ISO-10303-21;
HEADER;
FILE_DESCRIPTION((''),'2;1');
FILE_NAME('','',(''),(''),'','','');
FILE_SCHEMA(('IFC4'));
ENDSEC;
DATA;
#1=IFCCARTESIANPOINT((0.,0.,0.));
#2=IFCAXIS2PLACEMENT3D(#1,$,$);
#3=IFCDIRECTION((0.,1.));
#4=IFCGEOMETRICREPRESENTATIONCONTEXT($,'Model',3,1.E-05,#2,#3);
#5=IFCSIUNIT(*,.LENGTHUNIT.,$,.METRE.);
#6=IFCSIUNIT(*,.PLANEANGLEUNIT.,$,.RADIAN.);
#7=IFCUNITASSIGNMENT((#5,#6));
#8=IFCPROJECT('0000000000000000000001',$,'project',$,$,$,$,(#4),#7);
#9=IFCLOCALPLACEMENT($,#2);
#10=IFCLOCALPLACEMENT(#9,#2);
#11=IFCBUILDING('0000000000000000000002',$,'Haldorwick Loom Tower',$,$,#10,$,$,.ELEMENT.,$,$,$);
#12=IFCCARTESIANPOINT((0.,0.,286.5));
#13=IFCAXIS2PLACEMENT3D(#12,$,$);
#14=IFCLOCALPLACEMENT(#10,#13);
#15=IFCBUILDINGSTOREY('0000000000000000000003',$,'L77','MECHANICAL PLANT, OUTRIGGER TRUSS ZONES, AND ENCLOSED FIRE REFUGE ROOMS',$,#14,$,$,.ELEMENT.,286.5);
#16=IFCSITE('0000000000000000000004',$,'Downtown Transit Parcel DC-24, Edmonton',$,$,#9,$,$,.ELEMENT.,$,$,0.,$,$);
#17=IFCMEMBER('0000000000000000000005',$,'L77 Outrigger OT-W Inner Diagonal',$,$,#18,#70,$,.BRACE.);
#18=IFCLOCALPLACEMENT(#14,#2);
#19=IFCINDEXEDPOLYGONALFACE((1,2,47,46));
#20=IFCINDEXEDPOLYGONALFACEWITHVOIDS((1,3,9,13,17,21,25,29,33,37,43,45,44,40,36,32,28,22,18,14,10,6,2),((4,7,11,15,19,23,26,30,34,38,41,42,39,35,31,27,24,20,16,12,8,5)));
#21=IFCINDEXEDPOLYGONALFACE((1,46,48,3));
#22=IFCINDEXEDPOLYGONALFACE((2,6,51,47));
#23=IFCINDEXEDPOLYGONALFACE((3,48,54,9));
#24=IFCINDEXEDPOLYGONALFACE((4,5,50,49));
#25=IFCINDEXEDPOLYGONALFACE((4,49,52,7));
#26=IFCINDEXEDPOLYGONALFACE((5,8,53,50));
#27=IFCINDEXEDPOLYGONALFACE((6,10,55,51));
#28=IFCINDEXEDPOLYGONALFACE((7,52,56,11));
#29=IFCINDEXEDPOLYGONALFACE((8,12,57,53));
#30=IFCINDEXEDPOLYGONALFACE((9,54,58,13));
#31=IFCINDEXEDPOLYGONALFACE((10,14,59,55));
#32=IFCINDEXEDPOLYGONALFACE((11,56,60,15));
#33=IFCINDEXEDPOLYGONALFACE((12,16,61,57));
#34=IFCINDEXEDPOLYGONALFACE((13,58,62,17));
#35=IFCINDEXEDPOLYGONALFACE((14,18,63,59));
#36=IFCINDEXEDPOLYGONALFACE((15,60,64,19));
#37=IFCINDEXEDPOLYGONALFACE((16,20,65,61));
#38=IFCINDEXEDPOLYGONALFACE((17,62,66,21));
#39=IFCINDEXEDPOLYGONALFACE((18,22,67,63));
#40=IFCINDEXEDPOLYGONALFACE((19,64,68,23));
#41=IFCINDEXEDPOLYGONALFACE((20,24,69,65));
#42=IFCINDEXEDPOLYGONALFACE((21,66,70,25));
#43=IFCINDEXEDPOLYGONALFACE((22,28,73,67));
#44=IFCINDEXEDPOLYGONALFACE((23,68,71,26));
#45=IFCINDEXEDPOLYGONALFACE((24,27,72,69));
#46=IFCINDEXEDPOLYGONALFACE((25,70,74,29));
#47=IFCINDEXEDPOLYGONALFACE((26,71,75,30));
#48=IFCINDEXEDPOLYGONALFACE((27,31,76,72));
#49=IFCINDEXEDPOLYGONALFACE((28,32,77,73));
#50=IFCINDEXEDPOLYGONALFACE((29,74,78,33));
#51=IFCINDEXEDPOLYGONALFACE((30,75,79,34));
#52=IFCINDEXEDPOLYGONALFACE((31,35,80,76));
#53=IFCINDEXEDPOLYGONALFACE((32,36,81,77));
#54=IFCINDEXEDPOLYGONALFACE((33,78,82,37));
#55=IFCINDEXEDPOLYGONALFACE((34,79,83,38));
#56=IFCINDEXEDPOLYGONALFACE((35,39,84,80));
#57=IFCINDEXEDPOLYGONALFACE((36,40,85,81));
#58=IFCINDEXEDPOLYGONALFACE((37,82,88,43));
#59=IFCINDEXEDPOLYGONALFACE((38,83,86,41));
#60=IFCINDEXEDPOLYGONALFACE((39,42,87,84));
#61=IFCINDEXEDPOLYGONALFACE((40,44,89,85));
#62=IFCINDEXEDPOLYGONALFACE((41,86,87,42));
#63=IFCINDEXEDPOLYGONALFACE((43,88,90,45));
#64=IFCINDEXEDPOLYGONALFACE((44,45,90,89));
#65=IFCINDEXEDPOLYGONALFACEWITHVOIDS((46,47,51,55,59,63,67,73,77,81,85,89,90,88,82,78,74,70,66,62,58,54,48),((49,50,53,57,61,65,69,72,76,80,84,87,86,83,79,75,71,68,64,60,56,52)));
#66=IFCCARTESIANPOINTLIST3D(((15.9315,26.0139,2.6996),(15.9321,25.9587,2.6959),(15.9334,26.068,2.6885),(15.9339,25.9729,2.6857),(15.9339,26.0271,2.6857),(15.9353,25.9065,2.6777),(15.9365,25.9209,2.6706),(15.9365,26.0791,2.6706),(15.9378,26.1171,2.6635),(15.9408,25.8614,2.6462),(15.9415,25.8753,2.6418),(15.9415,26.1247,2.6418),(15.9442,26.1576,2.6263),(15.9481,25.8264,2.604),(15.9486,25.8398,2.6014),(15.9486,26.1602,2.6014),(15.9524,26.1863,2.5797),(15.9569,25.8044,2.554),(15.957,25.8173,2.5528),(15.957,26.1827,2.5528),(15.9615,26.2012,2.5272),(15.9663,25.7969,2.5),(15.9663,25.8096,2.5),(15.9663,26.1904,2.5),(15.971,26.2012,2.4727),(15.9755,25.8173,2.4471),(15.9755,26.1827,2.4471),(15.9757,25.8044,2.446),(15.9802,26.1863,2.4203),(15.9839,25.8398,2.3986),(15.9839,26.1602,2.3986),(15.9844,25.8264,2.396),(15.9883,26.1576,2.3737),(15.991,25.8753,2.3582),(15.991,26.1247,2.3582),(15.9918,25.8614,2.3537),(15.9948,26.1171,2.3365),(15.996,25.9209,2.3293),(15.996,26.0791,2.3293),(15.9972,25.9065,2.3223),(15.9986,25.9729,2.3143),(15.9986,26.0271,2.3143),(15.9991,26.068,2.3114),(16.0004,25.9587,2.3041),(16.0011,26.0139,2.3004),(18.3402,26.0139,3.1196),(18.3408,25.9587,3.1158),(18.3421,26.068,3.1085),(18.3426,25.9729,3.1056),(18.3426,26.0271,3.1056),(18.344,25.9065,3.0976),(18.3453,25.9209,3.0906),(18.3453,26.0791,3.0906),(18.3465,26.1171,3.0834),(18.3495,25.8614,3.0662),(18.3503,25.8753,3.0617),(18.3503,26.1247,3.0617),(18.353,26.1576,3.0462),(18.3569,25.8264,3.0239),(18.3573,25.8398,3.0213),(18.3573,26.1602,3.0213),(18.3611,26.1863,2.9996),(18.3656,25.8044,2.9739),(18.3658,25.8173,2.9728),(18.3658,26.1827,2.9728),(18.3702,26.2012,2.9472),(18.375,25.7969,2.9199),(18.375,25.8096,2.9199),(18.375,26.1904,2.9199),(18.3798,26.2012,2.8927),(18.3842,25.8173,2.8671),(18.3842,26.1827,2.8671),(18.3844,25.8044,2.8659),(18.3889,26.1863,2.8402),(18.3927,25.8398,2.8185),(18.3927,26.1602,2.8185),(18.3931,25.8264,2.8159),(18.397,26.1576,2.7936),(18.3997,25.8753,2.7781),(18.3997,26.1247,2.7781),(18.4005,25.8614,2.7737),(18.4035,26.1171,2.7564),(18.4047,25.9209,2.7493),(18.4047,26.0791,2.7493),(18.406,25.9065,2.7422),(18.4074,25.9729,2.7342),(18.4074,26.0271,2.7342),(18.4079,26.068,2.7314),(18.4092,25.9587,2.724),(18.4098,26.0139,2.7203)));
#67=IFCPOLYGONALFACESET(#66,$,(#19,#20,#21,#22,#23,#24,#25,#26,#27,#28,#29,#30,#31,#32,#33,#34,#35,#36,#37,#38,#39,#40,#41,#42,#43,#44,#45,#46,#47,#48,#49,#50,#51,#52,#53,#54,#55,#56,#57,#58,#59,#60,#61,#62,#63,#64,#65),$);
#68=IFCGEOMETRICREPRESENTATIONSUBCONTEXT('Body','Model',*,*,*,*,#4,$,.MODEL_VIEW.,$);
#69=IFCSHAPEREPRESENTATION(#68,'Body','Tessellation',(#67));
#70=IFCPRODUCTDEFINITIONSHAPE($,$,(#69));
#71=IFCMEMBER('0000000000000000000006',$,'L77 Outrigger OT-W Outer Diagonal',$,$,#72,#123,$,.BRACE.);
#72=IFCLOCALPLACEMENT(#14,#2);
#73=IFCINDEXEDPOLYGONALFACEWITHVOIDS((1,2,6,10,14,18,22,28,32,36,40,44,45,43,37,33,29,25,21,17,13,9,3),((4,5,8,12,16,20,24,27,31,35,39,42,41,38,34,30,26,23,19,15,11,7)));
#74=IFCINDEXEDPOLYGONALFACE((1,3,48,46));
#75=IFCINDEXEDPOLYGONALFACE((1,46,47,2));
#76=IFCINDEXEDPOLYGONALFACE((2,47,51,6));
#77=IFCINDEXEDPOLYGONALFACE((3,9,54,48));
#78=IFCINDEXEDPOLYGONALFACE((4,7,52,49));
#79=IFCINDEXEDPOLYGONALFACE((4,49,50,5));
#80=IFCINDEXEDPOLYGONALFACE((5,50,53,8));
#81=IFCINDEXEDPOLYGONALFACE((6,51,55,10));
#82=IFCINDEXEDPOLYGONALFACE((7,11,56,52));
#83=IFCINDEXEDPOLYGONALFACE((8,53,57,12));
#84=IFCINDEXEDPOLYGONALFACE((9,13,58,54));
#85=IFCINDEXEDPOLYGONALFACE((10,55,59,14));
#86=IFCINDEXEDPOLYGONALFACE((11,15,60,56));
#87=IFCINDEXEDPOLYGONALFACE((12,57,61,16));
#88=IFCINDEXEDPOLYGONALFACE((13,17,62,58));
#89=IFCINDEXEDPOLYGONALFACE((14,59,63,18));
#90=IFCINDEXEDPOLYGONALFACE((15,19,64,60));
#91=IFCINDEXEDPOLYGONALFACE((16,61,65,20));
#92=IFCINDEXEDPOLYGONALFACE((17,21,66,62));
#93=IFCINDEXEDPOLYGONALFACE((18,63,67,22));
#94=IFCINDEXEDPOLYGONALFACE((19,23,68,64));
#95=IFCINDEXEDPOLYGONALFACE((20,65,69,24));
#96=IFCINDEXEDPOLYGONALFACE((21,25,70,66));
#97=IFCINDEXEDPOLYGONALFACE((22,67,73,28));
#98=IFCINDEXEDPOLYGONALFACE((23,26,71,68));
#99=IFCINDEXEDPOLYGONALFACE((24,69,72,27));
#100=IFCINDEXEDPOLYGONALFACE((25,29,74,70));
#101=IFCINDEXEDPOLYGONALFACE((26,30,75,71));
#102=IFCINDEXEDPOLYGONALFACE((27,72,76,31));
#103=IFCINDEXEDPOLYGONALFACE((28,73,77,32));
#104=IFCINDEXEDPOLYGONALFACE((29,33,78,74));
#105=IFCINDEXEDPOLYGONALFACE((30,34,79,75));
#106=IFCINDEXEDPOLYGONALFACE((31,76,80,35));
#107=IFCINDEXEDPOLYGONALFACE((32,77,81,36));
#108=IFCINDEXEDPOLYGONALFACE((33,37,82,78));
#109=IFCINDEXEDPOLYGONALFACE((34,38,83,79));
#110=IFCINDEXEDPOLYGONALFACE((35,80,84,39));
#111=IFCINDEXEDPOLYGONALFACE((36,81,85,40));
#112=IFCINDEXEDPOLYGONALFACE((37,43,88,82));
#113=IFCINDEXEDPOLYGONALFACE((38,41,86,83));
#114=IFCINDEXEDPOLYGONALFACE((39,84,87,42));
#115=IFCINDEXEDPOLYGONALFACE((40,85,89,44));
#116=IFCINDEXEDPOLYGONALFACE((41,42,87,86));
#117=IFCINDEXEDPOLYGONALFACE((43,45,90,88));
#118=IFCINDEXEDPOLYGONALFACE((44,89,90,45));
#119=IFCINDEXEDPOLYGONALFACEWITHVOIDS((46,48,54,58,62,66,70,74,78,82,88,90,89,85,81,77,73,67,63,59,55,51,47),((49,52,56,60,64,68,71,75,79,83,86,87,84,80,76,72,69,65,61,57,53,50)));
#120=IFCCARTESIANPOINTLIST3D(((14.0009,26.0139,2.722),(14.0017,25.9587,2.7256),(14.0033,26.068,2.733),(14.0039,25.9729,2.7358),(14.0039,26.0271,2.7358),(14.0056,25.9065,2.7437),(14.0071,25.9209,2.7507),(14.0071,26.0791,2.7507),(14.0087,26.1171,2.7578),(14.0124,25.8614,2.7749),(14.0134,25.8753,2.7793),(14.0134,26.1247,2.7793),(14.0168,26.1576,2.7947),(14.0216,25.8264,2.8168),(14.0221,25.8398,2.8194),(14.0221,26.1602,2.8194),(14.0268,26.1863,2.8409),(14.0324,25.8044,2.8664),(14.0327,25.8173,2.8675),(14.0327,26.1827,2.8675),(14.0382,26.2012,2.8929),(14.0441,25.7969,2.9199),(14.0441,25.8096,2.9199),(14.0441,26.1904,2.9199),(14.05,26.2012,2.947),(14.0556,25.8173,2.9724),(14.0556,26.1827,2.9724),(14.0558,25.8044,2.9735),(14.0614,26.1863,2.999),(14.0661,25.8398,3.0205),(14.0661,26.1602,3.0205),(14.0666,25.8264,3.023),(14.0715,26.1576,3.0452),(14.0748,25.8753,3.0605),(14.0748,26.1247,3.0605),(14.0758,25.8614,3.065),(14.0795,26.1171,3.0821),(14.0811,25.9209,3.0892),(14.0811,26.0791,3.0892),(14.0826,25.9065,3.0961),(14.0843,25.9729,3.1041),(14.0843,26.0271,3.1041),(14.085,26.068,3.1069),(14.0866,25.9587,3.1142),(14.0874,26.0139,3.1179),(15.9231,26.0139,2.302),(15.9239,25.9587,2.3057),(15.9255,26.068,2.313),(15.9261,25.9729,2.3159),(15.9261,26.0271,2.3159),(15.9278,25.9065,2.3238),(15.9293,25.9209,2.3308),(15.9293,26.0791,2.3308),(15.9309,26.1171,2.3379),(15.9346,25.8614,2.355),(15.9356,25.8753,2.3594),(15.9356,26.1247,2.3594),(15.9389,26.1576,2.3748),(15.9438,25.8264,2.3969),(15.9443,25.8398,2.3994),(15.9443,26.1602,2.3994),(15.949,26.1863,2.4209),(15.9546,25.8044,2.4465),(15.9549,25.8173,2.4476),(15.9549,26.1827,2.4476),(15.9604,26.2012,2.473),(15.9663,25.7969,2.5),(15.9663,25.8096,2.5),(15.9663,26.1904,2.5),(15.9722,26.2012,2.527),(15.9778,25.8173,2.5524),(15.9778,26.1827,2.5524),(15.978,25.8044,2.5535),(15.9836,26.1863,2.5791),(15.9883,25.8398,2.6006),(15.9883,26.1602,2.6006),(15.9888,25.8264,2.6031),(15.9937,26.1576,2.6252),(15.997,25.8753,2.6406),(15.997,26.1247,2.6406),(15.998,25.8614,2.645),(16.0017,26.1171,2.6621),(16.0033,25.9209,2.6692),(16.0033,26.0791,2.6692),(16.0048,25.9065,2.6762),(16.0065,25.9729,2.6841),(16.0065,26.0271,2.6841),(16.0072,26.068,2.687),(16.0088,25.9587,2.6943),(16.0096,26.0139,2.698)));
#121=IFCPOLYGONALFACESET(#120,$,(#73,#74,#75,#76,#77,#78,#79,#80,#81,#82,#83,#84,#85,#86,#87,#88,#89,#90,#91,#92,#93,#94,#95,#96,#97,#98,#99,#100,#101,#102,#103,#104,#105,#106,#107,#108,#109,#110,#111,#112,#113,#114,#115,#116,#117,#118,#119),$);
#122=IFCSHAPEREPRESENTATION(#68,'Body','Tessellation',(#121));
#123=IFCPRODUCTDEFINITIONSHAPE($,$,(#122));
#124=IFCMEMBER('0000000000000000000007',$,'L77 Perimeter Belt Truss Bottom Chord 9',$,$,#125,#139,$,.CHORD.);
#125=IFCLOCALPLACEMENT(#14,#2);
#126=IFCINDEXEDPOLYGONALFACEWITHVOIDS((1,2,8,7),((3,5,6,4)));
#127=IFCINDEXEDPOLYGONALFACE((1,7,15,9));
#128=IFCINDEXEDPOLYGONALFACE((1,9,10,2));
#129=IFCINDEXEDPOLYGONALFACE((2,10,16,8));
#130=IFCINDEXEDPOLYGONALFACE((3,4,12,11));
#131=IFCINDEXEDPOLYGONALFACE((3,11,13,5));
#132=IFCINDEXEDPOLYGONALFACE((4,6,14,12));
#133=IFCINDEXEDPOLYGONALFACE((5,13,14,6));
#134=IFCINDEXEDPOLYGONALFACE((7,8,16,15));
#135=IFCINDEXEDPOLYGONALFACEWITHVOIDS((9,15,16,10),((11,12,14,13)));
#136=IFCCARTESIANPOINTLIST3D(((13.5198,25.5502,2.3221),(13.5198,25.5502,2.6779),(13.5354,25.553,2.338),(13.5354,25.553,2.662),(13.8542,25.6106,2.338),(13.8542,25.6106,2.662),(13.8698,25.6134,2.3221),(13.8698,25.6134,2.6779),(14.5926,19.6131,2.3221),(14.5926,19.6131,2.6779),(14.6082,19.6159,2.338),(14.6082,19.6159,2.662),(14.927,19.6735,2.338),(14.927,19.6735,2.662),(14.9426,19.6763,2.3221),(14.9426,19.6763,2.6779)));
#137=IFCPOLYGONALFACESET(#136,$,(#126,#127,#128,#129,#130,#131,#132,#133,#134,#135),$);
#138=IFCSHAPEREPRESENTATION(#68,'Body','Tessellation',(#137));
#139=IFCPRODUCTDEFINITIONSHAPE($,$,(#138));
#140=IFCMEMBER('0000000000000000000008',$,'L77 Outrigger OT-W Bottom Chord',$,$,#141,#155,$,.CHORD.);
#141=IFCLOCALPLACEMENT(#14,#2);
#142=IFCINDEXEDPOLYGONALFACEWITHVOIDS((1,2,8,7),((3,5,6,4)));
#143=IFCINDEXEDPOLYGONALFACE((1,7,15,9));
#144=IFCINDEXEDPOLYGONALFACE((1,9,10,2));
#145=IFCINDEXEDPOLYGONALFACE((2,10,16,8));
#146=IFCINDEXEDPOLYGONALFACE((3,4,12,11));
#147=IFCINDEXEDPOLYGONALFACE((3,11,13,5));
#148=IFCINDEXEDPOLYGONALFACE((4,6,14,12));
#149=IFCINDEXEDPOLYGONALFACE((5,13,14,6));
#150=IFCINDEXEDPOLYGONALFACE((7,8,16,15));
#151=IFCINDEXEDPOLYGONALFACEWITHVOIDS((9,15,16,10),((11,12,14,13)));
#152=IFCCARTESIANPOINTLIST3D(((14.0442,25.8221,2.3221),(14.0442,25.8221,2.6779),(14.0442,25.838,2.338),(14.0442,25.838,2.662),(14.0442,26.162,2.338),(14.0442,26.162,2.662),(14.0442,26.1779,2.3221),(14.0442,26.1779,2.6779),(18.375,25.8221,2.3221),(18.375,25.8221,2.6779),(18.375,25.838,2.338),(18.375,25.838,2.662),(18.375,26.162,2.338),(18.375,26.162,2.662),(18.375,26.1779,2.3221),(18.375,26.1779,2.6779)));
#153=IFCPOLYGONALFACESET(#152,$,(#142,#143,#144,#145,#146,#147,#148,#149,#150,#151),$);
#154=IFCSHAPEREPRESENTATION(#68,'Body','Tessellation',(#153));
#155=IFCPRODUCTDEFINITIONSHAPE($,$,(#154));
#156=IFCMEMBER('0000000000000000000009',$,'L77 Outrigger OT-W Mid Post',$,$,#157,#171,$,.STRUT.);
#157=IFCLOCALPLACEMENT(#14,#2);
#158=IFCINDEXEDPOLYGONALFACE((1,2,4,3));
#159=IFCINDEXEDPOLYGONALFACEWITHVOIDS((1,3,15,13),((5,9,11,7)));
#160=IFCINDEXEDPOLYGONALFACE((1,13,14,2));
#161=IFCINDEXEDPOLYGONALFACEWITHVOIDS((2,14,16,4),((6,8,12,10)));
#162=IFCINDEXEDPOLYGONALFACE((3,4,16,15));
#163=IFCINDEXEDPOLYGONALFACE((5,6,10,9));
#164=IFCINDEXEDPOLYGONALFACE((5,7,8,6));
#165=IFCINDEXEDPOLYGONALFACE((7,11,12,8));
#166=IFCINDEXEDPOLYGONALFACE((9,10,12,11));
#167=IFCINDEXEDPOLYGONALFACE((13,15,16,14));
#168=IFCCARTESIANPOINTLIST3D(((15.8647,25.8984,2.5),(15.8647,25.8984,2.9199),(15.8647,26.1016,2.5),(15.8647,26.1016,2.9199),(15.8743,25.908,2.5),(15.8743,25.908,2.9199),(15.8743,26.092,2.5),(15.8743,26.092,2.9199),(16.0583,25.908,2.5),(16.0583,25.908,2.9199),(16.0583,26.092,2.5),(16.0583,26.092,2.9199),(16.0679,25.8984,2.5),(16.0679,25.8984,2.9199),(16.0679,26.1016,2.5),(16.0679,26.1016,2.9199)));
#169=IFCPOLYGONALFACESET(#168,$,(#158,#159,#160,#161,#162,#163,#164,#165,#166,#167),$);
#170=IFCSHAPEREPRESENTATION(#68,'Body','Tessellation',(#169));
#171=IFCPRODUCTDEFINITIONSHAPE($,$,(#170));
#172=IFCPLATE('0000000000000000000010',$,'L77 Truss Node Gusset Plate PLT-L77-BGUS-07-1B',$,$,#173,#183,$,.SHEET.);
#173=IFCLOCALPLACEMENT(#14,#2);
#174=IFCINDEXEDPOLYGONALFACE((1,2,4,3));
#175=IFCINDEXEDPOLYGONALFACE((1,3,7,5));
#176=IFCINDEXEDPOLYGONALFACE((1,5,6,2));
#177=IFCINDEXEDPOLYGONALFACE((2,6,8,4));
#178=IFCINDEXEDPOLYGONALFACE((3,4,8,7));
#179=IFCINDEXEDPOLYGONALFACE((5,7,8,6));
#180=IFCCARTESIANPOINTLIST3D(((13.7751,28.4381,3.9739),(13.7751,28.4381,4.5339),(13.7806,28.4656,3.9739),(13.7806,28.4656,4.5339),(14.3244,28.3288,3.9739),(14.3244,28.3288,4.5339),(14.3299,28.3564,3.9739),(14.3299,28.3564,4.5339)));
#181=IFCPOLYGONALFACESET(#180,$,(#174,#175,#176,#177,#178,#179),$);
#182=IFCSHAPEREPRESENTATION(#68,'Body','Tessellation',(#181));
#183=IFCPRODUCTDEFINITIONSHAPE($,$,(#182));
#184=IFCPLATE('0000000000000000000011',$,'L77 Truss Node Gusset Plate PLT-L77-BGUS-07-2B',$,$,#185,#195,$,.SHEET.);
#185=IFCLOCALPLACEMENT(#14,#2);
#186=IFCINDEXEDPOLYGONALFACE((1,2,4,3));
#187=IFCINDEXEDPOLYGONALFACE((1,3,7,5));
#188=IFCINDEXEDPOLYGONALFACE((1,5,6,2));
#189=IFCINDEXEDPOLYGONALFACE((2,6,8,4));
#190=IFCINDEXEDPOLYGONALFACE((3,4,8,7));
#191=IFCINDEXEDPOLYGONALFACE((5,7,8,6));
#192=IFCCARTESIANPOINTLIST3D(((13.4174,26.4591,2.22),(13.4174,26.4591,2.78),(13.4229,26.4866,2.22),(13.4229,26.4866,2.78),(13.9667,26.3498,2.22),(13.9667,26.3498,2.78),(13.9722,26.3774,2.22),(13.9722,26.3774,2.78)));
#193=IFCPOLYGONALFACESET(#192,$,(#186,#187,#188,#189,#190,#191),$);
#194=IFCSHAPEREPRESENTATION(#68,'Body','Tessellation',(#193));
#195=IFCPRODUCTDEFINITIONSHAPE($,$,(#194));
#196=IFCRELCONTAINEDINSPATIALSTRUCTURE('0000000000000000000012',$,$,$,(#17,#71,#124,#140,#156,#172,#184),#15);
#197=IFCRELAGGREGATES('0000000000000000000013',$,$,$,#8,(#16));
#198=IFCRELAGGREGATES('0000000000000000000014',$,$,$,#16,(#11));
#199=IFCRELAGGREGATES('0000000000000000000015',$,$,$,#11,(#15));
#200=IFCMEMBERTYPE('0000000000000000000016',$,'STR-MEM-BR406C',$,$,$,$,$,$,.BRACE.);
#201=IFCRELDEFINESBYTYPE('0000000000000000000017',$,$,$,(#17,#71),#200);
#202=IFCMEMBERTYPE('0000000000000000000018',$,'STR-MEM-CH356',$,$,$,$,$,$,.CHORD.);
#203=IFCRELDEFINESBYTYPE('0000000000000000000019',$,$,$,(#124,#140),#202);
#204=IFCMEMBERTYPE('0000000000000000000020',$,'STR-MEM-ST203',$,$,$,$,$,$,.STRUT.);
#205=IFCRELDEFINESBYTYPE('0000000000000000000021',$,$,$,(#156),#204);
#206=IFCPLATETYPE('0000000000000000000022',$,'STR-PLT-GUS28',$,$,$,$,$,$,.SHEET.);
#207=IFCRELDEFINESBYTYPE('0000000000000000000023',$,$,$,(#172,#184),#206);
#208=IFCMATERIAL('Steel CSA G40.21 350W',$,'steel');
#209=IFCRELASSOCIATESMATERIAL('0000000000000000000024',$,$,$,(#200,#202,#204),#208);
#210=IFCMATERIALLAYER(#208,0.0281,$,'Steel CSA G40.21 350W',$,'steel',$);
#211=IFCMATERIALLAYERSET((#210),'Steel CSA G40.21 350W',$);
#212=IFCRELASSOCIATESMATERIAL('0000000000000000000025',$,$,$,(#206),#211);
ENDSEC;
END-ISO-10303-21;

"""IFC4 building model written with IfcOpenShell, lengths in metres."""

from ifc_helpers import new_model, si_unit, direction, frame, origin, origin_2d, place, context, subcontext, project, spatial, rectangle, hollow_rectangle, hollow_circle, extrude, material, layer, layer_set, material_profile, profile_set, type_object, element, save


model = new_model("IFC4")

# Units and contexts
model_context = context("Model", 3, precision=1e-05, world=origin(), true_north=direction((0.0, 1.0)))
body_context = subcontext(model_context, "Body", "Model", "MODEL_VIEW")
ifc_project = project(units=[si_unit("LENGTHUNIT", "METRE"), si_unit("PLANEANGLEUNIT", "RADIAN")], contexts=[model_context])

# Site, building, storey
site_placement = place(None, origin())
site = spatial("IfcSite", under=ifc_project, at=site_placement, Name="Downtown Transit Parcel DC-24, Edmonton", CompositionType="ELEMENT", RefElevation=0.0)
building_placement = place(site_placement, origin())
building = spatial("IfcBuilding", under=site, at=building_placement, Name="Haldorwick Loom Tower", CompositionType="ELEMENT")
storey_placement = place(building_placement, frame((0.0, 0.0, 286.5)))
storey = spatial("IfcBuildingStorey", under=building, at=storey_placement, Name="L77", Description="MECHANICAL PLANT, OUTRIGGER TRUSS ZONES, AND ENCLOSED FIRE REFUGE ROOMS", CompositionType="ELEMENT", Elevation=286.5)

# Shared definitions
ifc_material_1 = material(Name="Steel CSA G40.21 350W", Category="steel")

# Members
ifc_material_profile_1 = material_profile(ifc_material_1, hollow_circle(Radius=0.2031, WallThickness=0.0127, at=origin_2d()), Name="HSS406X13", Category="steel")
ifc_profile_set_1 = profile_set([ifc_material_profile_1], Name="Steel CSA G40.21 350W")
member_type_1 = type_object("IfcMemberType", Name="STR-MEM-BR406C", PredefinedType="BRACE", material=ifc_profile_set_1)
member_1_placement = place(storey_placement, frame((18.375, 26.0, 2.9199), z_axis=(-0.985141, 0.0, -0.171746), x_axis=(0.0, -1.0, 0.0)))
element("IfcMember", 1, at=member_1_placement, inside=storey, type_object=member_type_1, Name="L77 Outrigger OT-W Inner Diagonal", PredefinedType="BRACE", context=body_context, shape_type="SweptSolid", body=[
    extrude(hollow_circle(Radius=0.2031, WallThickness=0.0127, at=origin_2d()), origin(), (0.0, 0.0, 1.0), 2.4451),
])
member_2_placement = place(storey_placement, frame((15.9663, 26.0, 2.5), z_axis=(-0.976957, 0.0, 0.213434), x_axis=(0.0, -1.0, 0.0)))
element("IfcMember", 2, at=member_2_placement, inside=storey, type_object=member_type_1, Name="L77 Outrigger OT-W Outer Diagonal", PredefinedType="BRACE", context=body_context, shape_type="SweptSolid", body=[
    extrude(hollow_circle(Radius=0.2031, WallThickness=0.0127, at=origin_2d()), origin(), (0.0, 0.0, 1.0), 1.9675),
])
ifc_material_profile_2 = material_profile(ifc_material_1, hollow_rectangle(XDim=0.3557, YDim=0.3557, WallThickness=0.0159, at=origin_2d()), Name="HSS356X356X16", Category="steel")
ifc_profile_set_2 = profile_set([ifc_material_profile_2], Name="Steel CSA G40.21 350W")
member_type_2 = type_object("IfcMemberType", Name="STR-MEM-CH356", PredefinedType="CHORD", material=ifc_profile_set_2)
member_3_placement = place(storey_placement, frame((13.6948, 25.5818, 2.5), z_axis=(0.17781, -0.984065, 0.0), x_axis=(0.984065, 0.17781, 0.0)))
element("IfcMember", 3, at=member_3_placement, inside=storey, type_object=member_type_2, Name="L77 Perimeter Belt Truss Bottom Chord 9", PredefinedType="CHORD", context=body_context, shape_type="SweptSolid", body=[
    extrude(hollow_rectangle(XDim=0.3557, YDim=0.3557, WallThickness=0.0159, at=origin_2d()), origin(), (0.0, 0.0, 1.0), 6.0332),
])
member_4_placement = place(storey_placement, frame((18.375, 26.0, 2.5), z_axis=(-1.0, 0.0, 0.0), x_axis=(0.0, -1.0, 0.0)))
element("IfcMember", 4, at=member_4_placement, inside=storey, type_object=member_type_2, Name="L77 Outrigger OT-W Bottom Chord", PredefinedType="CHORD", context=body_context, shape_type="SweptSolid", body=[
    extrude(hollow_rectangle(XDim=0.3557, YDim=0.3557, WallThickness=0.0159, at=origin_2d()), origin(), (0.0, 0.0, 1.0), 4.3308),
])
ifc_material_profile_3 = material_profile(ifc_material_1, hollow_rectangle(XDim=0.2031, YDim=0.2031, WallThickness=0.0095, at=origin_2d()), Name="HSS203X203X10", Category="steel")
ifc_profile_set_3 = profile_set([ifc_material_profile_3], Name="Steel CSA G40.21 350W")
member_type_3 = type_object("IfcMemberType", Name="STR-MEM-ST203", PredefinedType="STRUT", material=ifc_profile_set_3)
member_5_placement = place(storey_placement, frame((15.9663, 26.0, 2.5), z_axis=(0.0, 0.0, 1.0), x_axis=(1.0, 0.0, 0.0)))
element("IfcMember", 5, at=member_5_placement, inside=storey, type_object=member_type_3, Name="L77 Outrigger OT-W Mid Post", PredefinedType="STRUT", context=body_context, shape_type="SweptSolid", body=[
    extrude(hollow_rectangle(XDim=0.2031, YDim=0.2031, WallThickness=0.0095, at=origin_2d()), origin(), (0.0, 0.0, 1.0), 0.4199),
])

# Plates
ifc_layer_1 = layer(ifc_material_1, 0.0281, Name="Steel CSA G40.21 350W", Category="steel")
ifc_layer_set_1 = layer_set([ifc_layer_1], Name="Steel CSA G40.21 350W")
plate_type = type_object("IfcPlateType", Name="STR-PLT-GUS28", PredefinedType="SHEET", material=ifc_layer_set_1)
for number, where, z_axis, x_axis, name in (
    (6, (14.0525, 28.3972, 3.9739), (0.0, 0.0, 1.0), (-0.980785, 0.19509, 0.0), "L77 Truss Node Gusset Plate PLT-L77-BGUS-07-1B"),
    (7, (13.6948, 26.4182, 2.22), (0.0, 0.0, 1.0), (-0.980785, 0.19509, 0.0), "L77 Truss Node Gusset Plate PLT-L77-BGUS-07-2B"),
):
    element("IfcPlate", number, at=place(storey_placement, frame(where, z_axis=z_axis, x_axis=x_axis)), inside=storey, type_object=plate_type, Name=name, PredefinedType="SHEET", context=body_context, shape_type="SweptSolid", body=[
        extrude(rectangle(XDim=0.5601, YDim=0.0281, at=origin_2d()), origin(), (0.0, 0.0, 1.0), 0.5601),
    ])

save(model, "model.ifc")
